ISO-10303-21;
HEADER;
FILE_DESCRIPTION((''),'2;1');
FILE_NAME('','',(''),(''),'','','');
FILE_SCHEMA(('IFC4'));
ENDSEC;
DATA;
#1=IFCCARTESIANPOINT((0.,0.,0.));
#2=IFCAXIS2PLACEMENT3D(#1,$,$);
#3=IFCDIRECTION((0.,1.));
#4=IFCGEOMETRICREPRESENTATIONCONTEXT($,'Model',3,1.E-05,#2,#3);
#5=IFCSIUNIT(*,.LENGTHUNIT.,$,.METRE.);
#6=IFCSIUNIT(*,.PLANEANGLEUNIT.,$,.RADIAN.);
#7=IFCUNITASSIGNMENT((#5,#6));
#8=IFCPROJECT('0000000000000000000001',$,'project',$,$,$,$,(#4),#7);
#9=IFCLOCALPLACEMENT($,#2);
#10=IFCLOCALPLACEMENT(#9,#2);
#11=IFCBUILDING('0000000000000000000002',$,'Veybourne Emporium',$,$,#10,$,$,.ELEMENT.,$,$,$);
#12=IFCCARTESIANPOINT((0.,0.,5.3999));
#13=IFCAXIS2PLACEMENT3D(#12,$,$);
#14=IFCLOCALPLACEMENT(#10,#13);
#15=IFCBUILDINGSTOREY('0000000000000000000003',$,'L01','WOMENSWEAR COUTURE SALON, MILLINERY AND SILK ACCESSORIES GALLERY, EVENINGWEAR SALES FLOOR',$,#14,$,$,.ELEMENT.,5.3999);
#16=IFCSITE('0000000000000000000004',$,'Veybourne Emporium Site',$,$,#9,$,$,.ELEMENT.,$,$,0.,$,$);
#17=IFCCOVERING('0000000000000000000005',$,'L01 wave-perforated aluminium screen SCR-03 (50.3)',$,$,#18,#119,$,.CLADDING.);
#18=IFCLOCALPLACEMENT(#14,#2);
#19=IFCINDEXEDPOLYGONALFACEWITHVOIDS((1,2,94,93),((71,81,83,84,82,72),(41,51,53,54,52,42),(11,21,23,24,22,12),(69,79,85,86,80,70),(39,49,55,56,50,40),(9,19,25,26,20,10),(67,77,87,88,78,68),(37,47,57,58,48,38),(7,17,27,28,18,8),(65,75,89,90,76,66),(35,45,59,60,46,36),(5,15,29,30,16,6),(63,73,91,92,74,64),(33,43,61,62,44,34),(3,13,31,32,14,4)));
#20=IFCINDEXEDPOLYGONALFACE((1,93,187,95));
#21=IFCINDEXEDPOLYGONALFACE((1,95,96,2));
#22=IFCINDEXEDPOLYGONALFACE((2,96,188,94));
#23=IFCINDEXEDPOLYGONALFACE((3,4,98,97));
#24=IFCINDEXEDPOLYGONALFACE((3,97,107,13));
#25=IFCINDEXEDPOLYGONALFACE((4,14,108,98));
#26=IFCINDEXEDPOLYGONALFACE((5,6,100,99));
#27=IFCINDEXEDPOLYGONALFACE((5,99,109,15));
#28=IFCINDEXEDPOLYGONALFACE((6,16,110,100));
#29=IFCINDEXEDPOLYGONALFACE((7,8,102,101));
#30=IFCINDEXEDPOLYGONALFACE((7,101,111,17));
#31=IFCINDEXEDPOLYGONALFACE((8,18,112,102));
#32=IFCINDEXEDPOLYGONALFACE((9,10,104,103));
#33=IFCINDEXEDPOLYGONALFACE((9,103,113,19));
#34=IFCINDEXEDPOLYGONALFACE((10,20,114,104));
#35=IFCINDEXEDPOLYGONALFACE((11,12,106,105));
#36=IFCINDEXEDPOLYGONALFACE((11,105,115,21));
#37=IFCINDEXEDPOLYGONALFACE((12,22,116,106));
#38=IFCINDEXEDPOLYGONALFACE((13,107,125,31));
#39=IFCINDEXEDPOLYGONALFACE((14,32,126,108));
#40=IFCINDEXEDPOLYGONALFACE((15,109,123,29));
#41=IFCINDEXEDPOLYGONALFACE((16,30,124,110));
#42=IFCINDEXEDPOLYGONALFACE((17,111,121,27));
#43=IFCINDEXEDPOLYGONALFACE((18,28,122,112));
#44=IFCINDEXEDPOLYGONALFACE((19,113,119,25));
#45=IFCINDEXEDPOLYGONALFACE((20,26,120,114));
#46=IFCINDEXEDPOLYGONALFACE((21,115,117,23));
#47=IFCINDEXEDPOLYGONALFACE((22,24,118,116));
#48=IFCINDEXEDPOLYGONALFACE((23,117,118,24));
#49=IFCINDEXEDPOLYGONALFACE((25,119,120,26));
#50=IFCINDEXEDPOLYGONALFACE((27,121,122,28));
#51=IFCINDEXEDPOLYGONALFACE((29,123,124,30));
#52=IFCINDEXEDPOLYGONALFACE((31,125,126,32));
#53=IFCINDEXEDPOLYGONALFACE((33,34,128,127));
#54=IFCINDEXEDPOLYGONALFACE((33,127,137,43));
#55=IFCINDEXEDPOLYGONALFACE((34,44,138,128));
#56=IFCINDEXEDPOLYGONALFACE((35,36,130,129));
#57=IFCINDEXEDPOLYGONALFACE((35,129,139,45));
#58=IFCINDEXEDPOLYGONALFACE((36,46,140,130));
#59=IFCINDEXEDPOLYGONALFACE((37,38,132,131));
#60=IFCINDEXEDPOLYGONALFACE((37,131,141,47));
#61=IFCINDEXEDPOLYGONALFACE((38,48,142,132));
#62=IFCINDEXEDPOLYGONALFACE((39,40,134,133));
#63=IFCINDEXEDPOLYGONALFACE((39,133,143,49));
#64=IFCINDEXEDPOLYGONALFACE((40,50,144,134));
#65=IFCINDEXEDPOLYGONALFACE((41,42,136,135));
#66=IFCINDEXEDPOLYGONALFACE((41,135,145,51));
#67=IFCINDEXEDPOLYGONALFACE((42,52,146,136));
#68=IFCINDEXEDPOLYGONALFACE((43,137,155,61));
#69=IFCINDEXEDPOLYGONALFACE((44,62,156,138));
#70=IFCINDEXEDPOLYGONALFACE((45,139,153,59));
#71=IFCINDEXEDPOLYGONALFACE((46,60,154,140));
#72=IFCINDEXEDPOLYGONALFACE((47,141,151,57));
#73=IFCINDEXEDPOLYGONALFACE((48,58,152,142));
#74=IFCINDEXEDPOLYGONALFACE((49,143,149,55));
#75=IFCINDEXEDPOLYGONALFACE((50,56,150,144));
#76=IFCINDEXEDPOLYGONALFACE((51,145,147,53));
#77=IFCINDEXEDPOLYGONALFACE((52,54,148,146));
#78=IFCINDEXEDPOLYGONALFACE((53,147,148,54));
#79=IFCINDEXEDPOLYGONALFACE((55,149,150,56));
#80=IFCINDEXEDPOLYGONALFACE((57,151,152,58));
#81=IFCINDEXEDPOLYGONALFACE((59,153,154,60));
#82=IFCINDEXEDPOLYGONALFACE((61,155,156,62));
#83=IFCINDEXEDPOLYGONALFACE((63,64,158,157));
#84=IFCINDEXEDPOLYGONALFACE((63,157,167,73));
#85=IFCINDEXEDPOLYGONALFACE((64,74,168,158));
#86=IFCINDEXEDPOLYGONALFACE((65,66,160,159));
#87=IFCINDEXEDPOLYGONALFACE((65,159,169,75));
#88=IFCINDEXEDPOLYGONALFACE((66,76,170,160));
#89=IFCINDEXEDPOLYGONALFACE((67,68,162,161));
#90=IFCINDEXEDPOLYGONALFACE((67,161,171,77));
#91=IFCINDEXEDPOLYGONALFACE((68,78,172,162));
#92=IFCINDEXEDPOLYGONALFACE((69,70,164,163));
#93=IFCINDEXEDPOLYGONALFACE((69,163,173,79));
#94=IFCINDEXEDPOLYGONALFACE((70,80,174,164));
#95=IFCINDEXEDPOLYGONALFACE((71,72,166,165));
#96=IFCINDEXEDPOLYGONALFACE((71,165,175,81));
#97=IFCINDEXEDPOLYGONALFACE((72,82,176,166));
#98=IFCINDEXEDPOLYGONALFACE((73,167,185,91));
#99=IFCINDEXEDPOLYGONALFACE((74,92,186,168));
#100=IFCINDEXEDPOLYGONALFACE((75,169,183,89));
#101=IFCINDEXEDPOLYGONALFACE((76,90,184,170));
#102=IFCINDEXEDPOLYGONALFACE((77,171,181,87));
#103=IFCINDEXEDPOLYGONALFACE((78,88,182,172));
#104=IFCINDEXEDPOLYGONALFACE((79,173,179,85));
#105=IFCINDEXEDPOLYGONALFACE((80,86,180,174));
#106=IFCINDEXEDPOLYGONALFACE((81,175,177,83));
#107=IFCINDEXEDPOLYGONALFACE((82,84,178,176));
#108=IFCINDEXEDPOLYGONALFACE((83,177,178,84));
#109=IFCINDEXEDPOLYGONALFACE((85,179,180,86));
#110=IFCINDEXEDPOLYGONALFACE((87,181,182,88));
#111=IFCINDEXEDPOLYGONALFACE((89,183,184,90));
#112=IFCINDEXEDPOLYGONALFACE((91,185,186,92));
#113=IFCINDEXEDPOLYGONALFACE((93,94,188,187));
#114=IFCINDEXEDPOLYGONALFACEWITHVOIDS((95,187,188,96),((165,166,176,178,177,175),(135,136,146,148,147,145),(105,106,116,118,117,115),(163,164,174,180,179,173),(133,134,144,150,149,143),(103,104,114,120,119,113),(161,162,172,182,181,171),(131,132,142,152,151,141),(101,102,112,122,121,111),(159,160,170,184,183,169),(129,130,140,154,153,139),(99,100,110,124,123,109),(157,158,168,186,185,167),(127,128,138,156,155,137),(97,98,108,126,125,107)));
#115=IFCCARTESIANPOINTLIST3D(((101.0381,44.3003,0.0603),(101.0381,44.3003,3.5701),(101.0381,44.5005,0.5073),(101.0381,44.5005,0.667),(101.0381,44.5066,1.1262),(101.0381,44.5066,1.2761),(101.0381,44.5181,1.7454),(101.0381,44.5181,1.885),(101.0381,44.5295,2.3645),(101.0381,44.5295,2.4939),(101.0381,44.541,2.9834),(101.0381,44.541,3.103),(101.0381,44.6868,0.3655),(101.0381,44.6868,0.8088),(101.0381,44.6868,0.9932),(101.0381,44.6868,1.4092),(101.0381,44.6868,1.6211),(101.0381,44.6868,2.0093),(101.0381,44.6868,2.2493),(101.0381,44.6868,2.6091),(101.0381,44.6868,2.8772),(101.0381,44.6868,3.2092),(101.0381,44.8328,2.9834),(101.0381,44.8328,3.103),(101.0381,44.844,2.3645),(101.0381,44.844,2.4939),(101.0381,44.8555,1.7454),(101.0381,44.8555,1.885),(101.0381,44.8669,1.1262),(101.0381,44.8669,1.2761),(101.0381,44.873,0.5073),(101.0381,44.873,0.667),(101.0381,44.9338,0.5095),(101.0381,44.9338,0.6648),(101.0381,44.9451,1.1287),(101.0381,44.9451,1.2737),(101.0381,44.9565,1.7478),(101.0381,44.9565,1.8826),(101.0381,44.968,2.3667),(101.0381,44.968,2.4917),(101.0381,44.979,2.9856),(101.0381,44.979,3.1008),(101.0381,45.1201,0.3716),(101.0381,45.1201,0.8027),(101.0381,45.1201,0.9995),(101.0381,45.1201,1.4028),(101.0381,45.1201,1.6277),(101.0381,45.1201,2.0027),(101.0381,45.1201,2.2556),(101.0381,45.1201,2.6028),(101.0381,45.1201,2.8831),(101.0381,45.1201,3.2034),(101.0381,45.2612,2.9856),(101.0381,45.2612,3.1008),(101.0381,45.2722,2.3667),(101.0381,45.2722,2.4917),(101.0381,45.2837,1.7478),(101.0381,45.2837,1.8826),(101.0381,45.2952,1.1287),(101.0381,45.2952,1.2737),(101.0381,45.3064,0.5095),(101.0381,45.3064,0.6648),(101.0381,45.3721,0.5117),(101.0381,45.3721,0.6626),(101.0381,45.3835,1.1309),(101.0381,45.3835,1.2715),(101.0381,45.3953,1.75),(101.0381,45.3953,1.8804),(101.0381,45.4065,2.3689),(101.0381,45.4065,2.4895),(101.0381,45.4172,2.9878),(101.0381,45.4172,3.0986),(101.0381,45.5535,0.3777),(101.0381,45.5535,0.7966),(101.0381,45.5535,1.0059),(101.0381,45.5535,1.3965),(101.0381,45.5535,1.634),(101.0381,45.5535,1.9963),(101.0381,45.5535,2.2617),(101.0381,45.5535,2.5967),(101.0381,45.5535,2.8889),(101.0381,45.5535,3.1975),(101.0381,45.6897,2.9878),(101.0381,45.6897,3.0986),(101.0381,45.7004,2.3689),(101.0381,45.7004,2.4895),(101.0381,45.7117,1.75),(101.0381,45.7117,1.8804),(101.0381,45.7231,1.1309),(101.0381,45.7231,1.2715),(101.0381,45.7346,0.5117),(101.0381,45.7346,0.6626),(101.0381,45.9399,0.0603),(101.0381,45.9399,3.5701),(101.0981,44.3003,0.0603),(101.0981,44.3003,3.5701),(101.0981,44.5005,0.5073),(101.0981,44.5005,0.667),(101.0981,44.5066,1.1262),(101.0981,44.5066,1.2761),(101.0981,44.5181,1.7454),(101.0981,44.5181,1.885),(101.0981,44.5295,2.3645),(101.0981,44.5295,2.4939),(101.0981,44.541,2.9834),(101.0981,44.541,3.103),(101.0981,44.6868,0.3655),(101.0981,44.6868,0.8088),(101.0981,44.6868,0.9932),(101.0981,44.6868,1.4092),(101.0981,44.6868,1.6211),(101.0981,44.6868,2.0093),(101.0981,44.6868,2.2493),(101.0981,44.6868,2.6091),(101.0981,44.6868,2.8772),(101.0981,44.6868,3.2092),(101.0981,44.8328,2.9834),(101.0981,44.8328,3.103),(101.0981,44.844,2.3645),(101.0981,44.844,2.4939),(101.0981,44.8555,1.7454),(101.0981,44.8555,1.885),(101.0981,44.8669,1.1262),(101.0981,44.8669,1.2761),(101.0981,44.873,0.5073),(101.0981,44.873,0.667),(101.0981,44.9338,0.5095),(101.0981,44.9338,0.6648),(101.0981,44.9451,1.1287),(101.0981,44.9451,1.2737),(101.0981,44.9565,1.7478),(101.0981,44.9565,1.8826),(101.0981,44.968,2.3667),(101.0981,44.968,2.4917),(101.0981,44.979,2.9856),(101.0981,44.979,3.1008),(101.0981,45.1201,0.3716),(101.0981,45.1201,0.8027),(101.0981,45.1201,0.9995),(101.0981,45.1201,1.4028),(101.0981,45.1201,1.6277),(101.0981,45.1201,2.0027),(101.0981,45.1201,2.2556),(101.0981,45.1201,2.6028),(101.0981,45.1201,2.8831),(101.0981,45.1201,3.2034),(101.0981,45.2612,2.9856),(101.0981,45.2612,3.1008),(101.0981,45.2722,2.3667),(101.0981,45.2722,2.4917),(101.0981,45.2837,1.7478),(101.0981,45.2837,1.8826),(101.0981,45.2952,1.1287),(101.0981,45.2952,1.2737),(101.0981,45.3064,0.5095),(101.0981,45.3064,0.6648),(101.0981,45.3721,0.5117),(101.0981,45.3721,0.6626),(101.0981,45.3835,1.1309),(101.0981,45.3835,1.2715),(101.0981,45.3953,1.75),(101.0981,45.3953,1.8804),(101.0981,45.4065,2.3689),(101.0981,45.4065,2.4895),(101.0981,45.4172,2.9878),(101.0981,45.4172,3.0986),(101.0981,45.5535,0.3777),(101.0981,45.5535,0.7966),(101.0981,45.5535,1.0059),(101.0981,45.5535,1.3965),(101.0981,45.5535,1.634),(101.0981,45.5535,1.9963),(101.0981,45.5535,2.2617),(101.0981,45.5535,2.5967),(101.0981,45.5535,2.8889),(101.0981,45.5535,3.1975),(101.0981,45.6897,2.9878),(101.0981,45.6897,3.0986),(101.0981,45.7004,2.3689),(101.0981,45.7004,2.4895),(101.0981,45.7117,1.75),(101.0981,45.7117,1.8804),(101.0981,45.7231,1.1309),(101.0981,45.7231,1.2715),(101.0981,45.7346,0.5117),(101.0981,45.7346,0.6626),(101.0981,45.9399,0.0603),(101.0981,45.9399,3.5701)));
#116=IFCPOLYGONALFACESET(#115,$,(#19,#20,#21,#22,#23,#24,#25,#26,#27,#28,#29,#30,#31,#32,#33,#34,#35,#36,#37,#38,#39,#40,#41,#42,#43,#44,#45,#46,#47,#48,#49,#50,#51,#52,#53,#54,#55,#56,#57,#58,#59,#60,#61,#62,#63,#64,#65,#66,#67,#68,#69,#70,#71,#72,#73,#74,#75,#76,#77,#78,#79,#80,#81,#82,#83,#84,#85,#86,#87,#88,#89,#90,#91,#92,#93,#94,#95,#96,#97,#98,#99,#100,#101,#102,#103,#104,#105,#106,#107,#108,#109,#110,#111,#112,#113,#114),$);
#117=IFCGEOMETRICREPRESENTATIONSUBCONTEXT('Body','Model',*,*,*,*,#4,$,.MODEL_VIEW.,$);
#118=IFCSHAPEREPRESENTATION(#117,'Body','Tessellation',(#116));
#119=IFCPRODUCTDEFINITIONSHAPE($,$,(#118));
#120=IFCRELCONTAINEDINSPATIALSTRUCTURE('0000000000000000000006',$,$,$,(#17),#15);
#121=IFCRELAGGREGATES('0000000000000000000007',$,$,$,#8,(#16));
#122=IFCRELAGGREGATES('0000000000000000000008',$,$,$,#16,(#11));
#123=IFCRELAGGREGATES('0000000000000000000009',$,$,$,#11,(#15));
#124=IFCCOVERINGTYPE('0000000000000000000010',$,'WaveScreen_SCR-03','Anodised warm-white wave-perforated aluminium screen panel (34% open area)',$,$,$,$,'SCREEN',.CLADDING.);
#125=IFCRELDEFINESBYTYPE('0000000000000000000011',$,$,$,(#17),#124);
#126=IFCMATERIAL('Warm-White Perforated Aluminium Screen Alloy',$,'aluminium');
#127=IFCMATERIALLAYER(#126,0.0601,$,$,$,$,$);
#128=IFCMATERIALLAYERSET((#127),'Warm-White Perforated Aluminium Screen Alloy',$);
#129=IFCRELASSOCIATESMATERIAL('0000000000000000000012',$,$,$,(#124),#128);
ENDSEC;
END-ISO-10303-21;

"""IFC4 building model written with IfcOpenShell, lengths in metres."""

from ifc_helpers import new_model, si_unit, direction, frame, origin, place, context, subcontext, project, spatial, polyline, outline, extrude, material, layer, layer_set, type_object, element, save


model = new_model("IFC4")

# Units and contexts
model_context = context("Model", 3, precision=1e-05, world=origin(), true_north=direction((0.0, 1.0)))
body_context = subcontext(model_context, "Body", "Model", "MODEL_VIEW")
ifc_project = project(units=[si_unit("LENGTHUNIT", "METRE"), si_unit("PLANEANGLEUNIT", "RADIAN")], contexts=[model_context])

# Site, building, storey
site_placement = place(None, origin())
site = spatial("IfcSite", under=ifc_project, at=site_placement, Name="Veybourne Emporium Site", CompositionType="ELEMENT", RefElevation=0.0)
building_placement = place(site_placement, origin())
building = spatial("IfcBuilding", under=site, at=building_placement, Name="Veybourne Emporium", CompositionType="ELEMENT")
storey_placement = place(building_placement, frame((0.0, 0.0, 5.3999)))
storey = spatial("IfcBuildingStorey", under=building, at=storey_placement, Name="L01", Description="WOMENSWEAR COUTURE SALON, MILLINERY AND SILK ACCESSORIES GALLERY, EVENINGWEAR SALES FLOOR", CompositionType="ELEMENT", Elevation=5.3999)

# Covering
ifc_material_1 = material(Name="Warm-White Perforated Aluminium Screen Alloy", Category="aluminium")
ifc_layer_1 = layer(ifc_material_1, 0.0601)
ifc_layer_set_1 = layer_set([ifc_layer_1], Name="Warm-White Perforated Aluminium Screen Alloy")
covering_type_1 = type_object("IfcCoveringType", Name="WaveScreen_SCR-03", Description="Anodised warm-white wave-perforated aluminium screen panel (34% open area)", ElementType="SCREEN", PredefinedType="CLADDING", material=ifc_layer_set_1)
covering_1_placement = place(storey_placement, frame((101.0981, 45.1201, 1.8152), z_axis=(-1.0, 0.0, 0.0), x_axis=(0.0, -1.0, 0.0)))
element("IfcCovering", 1, at=covering_1_placement, inside=storey, type_object=covering_type_1, Name="L01 wave-perforated aluminium screen SCR-03 (50.3)", PredefinedType="CLADDING", context=body_context, shape_type="SweptSolid", body=[
    extrude(outline(polyline([(-0.8198, -1.7549), (0.8198, -1.7549), (0.8198, 1.7549), (-0.8198, 1.7549), (-0.8198, -1.7549)]), holes=[polyline([(-0.4333, -1.0186), (-0.252, -1.1526), (-0.252, -1.3035), (-0.4333, -1.4375), (-0.6145, -1.3035), (-0.6145, -1.1526), (-0.4333, -1.0186)]), polyline([(-0.4333, -0.4187), (-0.2634, -0.5437), (-0.2634, -0.6843), (-0.4333, -0.8093), (-0.603, -0.6843), (-0.603, -0.5437), (-0.4333, -0.4187)]), polyline([(-0.4333, 0.1812), (-0.2751, 0.0652), (-0.2751, -0.0652), (-0.4333, -0.1812), (-0.5916, -0.0652), (-0.5916, 0.0652), (-0.4333, 0.1812)]), polyline([(-0.4333, 0.7815), (-0.2864, 0.6743), (-0.2864, 0.5537), (-0.4333, 0.4465), (-0.5803, 0.5537), (-0.5803, 0.6743), (-0.4333, 0.7815)]), polyline([(-0.4333, 1.3823), (-0.2971, 1.2834), (-0.2971, 1.1726), (-0.4333, 1.0737), (-0.5696, 1.1726), (-0.5696, 1.2834), (-0.4333, 1.3823)]), polyline([(0.0, -1.0125), (0.1863, -1.1504), (0.1863, -1.3057), (0.0, -1.4436), (-0.1863, -1.3057), (-0.1863, -1.1504), (0.0, -1.0125)]), polyline([(0.0, -0.4124), (0.175, -0.5415), (0.175, -0.6865), (0.0, -0.8157), (-0.175, -0.6865), (-0.175, -0.5415), (0.0, -0.4124)]), polyline([(0.0, 0.1875), (0.1636, 0.0674), (0.1636, -0.0674), (0.0, -0.1875), (-0.1636, -0.0674), (-0.1636, 0.0674), (0.0, 0.1875)]), polyline([(0.0, 0.7876), (0.1521, 0.6765), (0.1521, 0.5515), (0.0, 0.4404), (-0.1521, 0.5515), (-0.1521, 0.6765), (0.0, 0.7876)]), polyline([(0.0, 1.3882), (0.1411, 1.2856), (0.1411, 1.1704), (0.0, 1.0679), (-0.1411, 1.1704), (-0.1411, 1.2856), (0.0, 1.3882)]), polyline([(0.4333, -1.0063), (0.6196, -1.1482), (0.6196, -1.3079), (0.4333, -1.4497), (0.2471, -1.3079), (0.2471, -1.1482), (0.4333, -1.0063)]), polyline([(0.4333, -0.406), (0.6135, -0.5391), (0.6135, -0.689), (0.4333, -0.822), (0.2532, -0.689), (0.2532, -0.5391), (0.4333, -0.406)]), polyline([(0.4333, 0.1941), (0.6021, 0.0698), (0.6021, -0.0698), (0.4333, -0.1941), (0.2646, -0.0698), (0.2646, 0.0698), (0.4333, 0.1941)]), polyline([(0.4333, 0.7939), (0.5906, 0.6787), (0.5906, 0.5493), (0.4333, 0.4341), (0.2761, 0.5493), (0.2761, 0.6787), (0.4333, 0.7939)]), polyline([(0.4333, 1.394), (0.5791, 1.2878), (0.5791, 1.1682), (0.4333, 1.062), (0.2874, 1.1682), (0.2874, 1.2878), (0.4333, 1.394)])]), origin(), (0.0, 0.0, 1.0), 0.0601),
])

save(model, "model.ifc")
